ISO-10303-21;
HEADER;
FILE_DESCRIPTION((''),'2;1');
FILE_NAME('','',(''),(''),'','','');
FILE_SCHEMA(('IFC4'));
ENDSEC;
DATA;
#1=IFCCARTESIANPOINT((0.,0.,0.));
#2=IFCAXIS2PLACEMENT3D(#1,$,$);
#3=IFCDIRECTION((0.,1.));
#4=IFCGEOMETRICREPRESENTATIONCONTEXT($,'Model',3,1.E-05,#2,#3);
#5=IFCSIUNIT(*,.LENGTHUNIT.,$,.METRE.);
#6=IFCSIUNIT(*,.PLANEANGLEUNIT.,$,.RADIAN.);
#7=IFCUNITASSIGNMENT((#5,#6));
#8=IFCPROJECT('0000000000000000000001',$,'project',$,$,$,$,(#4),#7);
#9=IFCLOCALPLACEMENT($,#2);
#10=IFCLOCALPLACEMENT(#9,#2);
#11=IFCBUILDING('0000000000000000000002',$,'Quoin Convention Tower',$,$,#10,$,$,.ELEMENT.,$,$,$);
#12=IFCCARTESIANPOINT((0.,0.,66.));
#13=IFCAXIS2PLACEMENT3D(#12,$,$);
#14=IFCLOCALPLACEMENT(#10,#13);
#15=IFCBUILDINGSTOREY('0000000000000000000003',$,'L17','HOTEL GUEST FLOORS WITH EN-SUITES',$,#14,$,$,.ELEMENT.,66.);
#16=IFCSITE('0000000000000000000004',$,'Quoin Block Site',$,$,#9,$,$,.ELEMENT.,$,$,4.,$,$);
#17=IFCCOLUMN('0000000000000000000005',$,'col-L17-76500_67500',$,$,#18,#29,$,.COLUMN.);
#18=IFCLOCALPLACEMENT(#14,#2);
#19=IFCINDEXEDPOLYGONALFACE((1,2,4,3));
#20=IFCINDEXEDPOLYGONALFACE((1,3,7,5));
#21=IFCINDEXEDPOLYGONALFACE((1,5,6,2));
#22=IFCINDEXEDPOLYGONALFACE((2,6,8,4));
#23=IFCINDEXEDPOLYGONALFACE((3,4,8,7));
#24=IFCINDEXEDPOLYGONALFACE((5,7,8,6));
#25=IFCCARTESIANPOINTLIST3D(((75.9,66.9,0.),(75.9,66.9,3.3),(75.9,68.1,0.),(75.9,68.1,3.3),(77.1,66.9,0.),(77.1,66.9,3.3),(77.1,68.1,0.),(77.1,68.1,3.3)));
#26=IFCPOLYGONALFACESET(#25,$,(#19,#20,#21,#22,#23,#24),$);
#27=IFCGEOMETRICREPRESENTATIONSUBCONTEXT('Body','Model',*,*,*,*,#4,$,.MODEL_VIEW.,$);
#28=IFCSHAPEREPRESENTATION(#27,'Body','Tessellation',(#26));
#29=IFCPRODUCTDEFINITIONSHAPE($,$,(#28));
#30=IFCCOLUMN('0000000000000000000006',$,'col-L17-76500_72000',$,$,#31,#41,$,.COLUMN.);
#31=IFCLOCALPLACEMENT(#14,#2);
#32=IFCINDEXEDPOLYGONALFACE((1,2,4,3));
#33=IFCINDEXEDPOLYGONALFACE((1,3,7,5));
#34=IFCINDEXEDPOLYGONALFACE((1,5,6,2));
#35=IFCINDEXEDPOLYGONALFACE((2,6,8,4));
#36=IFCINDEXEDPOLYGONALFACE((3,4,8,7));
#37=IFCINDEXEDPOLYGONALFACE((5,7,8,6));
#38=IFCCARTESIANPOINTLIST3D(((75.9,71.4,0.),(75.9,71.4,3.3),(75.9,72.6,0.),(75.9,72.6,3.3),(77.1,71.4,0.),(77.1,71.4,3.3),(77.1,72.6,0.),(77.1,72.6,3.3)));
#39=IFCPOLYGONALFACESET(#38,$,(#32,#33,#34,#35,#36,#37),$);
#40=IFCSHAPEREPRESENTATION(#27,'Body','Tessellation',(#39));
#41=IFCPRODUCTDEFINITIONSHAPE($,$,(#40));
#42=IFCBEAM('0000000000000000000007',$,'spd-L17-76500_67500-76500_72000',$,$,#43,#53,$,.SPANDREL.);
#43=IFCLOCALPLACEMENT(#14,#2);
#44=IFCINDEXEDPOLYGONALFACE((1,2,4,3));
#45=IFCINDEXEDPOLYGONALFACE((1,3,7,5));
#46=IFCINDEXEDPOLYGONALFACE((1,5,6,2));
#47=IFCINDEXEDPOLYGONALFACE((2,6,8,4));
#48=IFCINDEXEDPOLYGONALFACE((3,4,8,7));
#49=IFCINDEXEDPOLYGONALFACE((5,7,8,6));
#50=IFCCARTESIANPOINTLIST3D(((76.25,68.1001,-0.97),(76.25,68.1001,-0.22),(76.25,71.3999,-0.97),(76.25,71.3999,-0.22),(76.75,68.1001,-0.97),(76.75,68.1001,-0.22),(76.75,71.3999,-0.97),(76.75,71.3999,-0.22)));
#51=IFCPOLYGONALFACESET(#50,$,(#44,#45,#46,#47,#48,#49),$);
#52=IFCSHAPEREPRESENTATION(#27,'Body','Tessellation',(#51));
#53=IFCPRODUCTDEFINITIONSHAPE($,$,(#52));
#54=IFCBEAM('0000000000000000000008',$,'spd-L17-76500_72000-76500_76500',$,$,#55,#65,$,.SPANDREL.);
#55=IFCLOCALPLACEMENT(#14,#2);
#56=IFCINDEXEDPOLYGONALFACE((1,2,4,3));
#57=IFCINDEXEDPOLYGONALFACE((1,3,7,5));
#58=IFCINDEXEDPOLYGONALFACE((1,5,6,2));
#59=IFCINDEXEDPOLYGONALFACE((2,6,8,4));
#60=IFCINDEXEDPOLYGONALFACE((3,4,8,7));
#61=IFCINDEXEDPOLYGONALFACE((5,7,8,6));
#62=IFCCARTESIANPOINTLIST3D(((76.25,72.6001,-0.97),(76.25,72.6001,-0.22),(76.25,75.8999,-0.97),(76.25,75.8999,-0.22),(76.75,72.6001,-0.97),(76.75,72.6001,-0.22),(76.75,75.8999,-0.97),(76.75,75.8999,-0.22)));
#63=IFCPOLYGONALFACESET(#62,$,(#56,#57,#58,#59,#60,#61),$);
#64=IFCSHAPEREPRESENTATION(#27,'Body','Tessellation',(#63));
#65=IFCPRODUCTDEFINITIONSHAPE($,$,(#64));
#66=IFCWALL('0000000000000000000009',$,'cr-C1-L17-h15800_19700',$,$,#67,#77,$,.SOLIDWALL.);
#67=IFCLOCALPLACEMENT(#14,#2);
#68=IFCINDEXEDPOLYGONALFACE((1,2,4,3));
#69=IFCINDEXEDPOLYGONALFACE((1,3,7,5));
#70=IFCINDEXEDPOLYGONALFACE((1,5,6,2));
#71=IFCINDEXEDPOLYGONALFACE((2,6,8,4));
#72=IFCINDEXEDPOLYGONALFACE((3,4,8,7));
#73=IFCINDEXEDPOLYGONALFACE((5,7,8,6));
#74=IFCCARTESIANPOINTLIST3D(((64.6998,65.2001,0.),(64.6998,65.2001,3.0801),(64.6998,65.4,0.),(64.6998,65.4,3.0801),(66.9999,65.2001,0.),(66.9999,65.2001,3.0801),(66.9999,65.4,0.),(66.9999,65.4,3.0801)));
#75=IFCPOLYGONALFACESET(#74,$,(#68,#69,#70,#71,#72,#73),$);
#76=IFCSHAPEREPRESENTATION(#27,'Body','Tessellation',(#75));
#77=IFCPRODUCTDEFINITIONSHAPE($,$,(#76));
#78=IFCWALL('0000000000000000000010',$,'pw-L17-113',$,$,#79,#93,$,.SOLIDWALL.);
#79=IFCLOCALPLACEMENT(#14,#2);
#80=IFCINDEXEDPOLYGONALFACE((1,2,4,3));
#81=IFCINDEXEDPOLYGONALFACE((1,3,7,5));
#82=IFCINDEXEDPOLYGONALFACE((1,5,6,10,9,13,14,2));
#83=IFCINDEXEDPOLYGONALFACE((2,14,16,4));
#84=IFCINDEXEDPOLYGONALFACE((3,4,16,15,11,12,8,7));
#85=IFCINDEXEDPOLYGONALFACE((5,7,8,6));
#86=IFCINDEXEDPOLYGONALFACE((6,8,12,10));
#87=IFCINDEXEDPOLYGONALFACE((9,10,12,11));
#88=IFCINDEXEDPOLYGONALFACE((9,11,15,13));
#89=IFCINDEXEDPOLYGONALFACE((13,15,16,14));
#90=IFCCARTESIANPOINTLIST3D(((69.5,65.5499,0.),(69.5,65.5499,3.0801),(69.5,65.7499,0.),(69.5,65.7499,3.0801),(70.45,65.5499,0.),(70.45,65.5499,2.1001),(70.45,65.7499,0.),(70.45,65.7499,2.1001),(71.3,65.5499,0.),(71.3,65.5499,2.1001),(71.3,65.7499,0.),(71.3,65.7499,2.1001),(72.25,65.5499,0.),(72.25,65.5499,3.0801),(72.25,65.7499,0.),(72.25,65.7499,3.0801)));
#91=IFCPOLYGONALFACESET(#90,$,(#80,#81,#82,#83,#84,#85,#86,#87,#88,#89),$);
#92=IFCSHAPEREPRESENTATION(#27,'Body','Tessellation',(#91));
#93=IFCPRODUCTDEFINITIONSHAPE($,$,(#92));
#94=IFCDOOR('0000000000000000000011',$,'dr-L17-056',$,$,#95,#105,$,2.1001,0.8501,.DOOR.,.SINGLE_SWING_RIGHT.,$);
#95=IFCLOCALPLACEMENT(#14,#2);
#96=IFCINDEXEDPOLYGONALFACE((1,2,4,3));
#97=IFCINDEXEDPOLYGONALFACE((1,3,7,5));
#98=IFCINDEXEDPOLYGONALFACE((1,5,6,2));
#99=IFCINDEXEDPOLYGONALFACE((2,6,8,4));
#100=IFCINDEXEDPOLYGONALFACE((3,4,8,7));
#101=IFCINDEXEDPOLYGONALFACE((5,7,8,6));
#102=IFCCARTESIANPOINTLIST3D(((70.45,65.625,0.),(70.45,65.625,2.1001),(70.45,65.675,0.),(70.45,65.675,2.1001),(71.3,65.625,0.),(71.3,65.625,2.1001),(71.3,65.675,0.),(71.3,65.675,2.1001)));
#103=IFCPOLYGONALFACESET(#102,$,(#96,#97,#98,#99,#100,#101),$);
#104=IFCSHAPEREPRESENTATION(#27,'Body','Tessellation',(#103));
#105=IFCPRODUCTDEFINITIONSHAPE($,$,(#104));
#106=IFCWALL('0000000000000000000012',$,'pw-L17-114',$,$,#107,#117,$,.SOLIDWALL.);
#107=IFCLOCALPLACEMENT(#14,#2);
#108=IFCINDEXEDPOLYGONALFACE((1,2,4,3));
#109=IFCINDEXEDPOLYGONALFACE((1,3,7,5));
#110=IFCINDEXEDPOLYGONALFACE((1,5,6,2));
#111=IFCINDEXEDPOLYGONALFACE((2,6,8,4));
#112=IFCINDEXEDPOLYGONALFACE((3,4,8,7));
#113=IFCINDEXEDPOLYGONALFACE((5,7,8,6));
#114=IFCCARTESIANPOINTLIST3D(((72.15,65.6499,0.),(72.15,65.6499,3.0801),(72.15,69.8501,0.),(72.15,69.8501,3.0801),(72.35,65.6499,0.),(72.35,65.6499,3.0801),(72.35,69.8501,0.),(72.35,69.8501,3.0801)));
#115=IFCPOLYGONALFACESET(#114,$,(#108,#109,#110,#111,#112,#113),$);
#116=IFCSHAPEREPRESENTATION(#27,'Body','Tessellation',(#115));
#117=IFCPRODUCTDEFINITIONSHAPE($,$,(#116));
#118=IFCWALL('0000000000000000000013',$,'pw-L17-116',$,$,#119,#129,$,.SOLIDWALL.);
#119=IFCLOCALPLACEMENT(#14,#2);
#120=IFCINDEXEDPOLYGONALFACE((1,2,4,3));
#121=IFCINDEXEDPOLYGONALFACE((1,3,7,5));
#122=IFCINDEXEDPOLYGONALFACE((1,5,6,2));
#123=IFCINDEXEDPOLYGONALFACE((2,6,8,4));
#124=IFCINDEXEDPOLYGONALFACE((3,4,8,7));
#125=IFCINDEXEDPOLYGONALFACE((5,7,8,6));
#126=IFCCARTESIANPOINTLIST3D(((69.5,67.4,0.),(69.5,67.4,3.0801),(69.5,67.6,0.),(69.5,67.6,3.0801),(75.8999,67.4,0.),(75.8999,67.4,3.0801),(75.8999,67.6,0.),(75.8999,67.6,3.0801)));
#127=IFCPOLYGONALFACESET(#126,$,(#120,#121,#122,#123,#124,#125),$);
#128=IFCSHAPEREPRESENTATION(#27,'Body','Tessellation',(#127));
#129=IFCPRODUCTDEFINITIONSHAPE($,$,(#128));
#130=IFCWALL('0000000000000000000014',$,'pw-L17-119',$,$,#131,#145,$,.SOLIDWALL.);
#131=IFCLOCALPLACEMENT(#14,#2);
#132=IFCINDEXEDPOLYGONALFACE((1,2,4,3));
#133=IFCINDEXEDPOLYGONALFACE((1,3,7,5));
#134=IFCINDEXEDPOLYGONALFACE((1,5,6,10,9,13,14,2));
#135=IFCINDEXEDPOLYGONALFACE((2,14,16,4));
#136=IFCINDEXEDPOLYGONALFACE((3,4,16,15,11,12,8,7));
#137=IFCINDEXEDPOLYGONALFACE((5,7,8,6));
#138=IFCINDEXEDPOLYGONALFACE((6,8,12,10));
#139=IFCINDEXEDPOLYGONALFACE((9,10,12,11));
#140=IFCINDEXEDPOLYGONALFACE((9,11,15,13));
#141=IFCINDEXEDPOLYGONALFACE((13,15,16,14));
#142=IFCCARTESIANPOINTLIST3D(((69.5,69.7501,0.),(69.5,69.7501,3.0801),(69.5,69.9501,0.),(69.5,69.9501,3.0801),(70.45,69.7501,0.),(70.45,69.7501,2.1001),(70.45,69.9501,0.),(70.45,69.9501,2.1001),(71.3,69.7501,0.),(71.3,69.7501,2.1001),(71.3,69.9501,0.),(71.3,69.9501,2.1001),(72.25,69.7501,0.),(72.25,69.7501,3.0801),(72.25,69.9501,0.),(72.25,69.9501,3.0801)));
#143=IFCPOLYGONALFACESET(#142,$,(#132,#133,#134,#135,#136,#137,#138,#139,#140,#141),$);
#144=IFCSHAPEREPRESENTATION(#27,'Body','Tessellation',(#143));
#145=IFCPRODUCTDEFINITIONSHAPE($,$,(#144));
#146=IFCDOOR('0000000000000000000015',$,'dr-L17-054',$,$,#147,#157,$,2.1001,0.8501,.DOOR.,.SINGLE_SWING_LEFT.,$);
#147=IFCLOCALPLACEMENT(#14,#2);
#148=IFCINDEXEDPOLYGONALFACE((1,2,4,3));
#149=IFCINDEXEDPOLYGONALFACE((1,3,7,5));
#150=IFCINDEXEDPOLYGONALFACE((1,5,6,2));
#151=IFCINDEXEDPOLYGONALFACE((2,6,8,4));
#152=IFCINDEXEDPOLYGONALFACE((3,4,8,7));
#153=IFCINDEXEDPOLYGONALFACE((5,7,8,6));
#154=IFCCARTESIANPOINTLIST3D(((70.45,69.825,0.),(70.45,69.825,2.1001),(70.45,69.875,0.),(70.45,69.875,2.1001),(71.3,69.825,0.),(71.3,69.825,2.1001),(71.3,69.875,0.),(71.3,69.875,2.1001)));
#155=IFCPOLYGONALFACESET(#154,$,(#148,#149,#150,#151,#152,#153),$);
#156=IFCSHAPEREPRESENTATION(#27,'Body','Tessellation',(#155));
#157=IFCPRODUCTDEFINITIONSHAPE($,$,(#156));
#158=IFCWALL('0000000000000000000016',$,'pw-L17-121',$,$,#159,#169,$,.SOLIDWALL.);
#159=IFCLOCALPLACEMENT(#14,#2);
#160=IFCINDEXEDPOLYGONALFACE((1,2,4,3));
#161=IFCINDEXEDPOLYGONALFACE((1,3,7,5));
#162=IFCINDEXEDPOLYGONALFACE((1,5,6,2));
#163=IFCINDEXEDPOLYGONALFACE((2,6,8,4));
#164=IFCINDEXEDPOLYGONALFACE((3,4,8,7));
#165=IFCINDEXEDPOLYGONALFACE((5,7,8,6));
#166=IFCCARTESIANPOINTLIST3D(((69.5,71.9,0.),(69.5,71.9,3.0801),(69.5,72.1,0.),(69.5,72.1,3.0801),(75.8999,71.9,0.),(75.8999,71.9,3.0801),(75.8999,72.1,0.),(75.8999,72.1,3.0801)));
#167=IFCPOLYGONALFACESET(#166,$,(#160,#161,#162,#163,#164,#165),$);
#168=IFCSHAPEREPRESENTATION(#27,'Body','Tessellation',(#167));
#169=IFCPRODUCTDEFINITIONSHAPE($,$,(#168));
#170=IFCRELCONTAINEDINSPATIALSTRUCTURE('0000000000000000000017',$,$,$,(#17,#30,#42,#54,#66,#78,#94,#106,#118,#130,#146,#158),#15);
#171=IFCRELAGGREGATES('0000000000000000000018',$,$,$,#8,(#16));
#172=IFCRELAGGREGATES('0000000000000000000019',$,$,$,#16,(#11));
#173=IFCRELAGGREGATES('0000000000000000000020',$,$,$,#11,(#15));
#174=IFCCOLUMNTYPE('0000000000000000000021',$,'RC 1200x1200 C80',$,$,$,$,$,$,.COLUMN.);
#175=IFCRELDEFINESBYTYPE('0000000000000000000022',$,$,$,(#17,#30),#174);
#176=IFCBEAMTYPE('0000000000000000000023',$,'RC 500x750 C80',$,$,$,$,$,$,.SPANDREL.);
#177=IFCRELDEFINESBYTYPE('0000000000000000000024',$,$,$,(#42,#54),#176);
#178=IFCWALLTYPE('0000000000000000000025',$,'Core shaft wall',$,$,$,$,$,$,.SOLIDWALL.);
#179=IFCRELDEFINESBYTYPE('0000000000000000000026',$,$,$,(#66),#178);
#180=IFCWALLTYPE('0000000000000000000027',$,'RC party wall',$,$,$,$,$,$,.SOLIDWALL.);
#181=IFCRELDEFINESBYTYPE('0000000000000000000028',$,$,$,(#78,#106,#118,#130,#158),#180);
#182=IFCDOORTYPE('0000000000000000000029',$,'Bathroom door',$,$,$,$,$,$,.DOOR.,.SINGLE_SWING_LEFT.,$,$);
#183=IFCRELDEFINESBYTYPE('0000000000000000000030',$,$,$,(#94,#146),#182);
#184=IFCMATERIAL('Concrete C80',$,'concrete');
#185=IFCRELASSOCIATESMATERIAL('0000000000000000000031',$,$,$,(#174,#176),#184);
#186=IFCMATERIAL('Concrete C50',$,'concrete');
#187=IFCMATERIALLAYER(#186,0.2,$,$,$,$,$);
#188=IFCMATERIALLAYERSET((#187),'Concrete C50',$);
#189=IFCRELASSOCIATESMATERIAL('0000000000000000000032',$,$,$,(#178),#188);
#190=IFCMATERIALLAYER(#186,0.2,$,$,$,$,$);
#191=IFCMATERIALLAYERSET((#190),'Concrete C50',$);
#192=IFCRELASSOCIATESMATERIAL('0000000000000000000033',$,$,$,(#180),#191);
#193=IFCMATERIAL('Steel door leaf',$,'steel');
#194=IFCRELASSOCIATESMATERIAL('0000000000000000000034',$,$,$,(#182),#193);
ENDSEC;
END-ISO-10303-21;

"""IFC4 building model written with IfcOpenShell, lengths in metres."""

from ifc_helpers import new_model, si_unit, direction, frame, frame_2d, origin, origin_2d, place, context, subcontext, project, spatial, rectangle, extrude, material, layer, layer_set, material_profile, profile_set, type_object, element, fill, save


model = new_model("IFC4")

# Units and contexts
model_context = context("Model", 3, precision=1e-05, world=origin(), true_north=direction((0.0, 1.0)))
body_context = subcontext(model_context, "Body", "Model", "MODEL_VIEW")
ifc_project = project(units=[si_unit("LENGTHUNIT", "METRE"), si_unit("PLANEANGLEUNIT", "RADIAN")], contexts=[model_context])

# Site, building, storey
site_placement = place(None, origin())
site = spatial("IfcSite", under=ifc_project, at=site_placement, Name="Quoin Block Site", CompositionType="ELEMENT", RefElevation=4.0)
building_placement = place(site_placement, origin())
building = spatial("IfcBuilding", under=site, at=building_placement, Name="Quoin Convention Tower", CompositionType="ELEMENT")
storey_placement = place(building_placement, frame((0.0, 0.0, 66.0)))
storey = spatial("IfcBuildingStorey", under=building, at=storey_placement, Name="L17", Description="HOTEL GUEST FLOORS WITH EN-SUITES", CompositionType="ELEMENT", Elevation=66.0)

# Columns
ifc_material_1 = material(Name="Concrete C80", Category="concrete")
ifc_material_profile_1 = material_profile(ifc_material_1, rectangle(XDim=1.2, YDim=1.2, at=origin_2d()), Name="RC 1200x1200")
ifc_profile_set_1 = profile_set([ifc_material_profile_1], Name="Concrete C80")
column_type = type_object("IfcColumnType", Name="RC 1200x1200 C80", PredefinedType="COLUMN", material=ifc_profile_set_1)
for number, where, z_axis, x_axis, name in (
    (1, (76.5, 67.5, 0.0), (0.0, 0.0, 1.0), (1.0, 0.0, 0.0), "col-L17-76500_67500"),
    (2, (76.5, 72.0, 0.0), (0.0, 0.0, 1.0), (1.0, 0.0, 0.0), "col-L17-76500_72000"),
):
    element("IfcColumn", number, at=place(storey_placement, frame(where, z_axis=z_axis, x_axis=x_axis)), inside=storey, type_object=column_type, Name=name, PredefinedType="COLUMN", context=body_context, shape_type="SweptSolid", body=[
        extrude(rectangle(XDim=1.2, YDim=1.2, at=origin_2d()), origin(), (0.0, 0.0, 1.0), 3.3),
    ])

# Beams
ifc_material_profile_2 = material_profile(ifc_material_1, rectangle(XDim=0.5, YDim=0.75, at=origin_2d()), Name="RC 500x750")
ifc_profile_set_2 = profile_set([ifc_material_profile_2], Name="Concrete C80")
beam_type = type_object("IfcBeamType", Name="RC 500x750 C80", PredefinedType="SPANDREL", material=ifc_profile_set_2)
for number, where, z_axis, x_axis, name in (
    (3, (76.5, 68.1001, -0.595), (0.0, 1.0, 0.0), (-1.0, 0.0, 0.0), "spd-L17-76500_67500-76500_72000"),
    (4, (76.5, 72.6001, -0.595), (0.0, 1.0, 0.0), (-1.0, 0.0, 0.0), "spd-L17-76500_72000-76500_76500"),
):
    element("IfcBeam", number, at=place(storey_placement, frame(where, z_axis=z_axis, x_axis=x_axis)), inside=storey, type_object=beam_type, Name=name, PredefinedType="SPANDREL", context=body_context, shape_type="SweptSolid", body=[
        extrude(rectangle(XDim=0.5, YDim=0.75, at=origin_2d()), origin(), (0.0, 0.0, 1.0), 3.2998),
    ])

# Wall
ifc_material_2 = material(Name="Concrete C50", Category="concrete")
ifc_layer_1 = layer(ifc_material_2, 0.2)
ifc_layer_set_1 = layer_set([ifc_layer_1], Name="Concrete C50")
wall_type_1 = type_object("IfcWallType", Name="Core shaft wall", PredefinedType="SOLIDWALL", material=ifc_layer_set_1)
wall_1_placement = place(storey_placement, frame((64.7, 65.3, 0.0), z_axis=(0.0, 0.0, 1.0), x_axis=(1.0, 0.0, 0.0)))
element("IfcWall", 5, at=wall_1_placement, inside=storey, type_object=wall_type_1, Name="cr-C1-L17-h15800_19700", PredefinedType="SOLIDWALL", context=body_context, shape_type="SweptSolid", body=[
    extrude(rectangle(XDim=2.3, YDim=0.2, at=frame_2d((1.1499, 0.0))), origin(), (0.0, 0.0, 1.0), 3.0801),
])

# Wall, opening, door
ifc_layer_2 = layer(ifc_material_2, 0.2)
ifc_layer_set_2 = layer_set([ifc_layer_2], Name="Concrete C50")
wall_type_2 = type_object("IfcWallType", Name="RC party wall", PredefinedType="SOLIDWALL", material=ifc_layer_set_2)
wall_2_placement = place(storey_placement, frame((69.5, 65.6499, 0.0), z_axis=(0.0, 0.0, 1.0), x_axis=(1.0, 0.0, 0.0)))
wall_2 = element("IfcWall", 6, at=wall_2_placement, inside=storey, type_object=wall_type_2, Name="pw-L17-113", PredefinedType="SOLIDWALL", context=body_context, shape_type="SweptSolid", body=[
    extrude(rectangle(XDim=2.75, YDim=0.2, at=frame_2d((1.375, 0.0))), origin(), (0.0, 0.0, 1.0), 3.0801),
])
opening_1_placement = place(wall_2_placement, frame((0.95, 0.0, 0.0)))
opening_1 = element("IfcOpeningElement", 7, at=opening_1_placement, cuts=wall_2, PredefinedType="OPENING", context=body_context, shape_type="SweptSolid", body=[
    extrude(rectangle(XDim=0.8501, YDim=2.1001, at=frame_2d((0.425, 1.05))), frame((0.0, 0.1099, 0.0), z_axis=(0.0, -1.0, 0.0), x_axis=(1.0, 0.0, 0.0)), (0.0, 0.0, 1.0), 0.22),
])
ifc_material_3 = material(Name="Steel door leaf", Category="steel")
door_type = type_object("IfcDoorType", Name="Bathroom door", OperationType="SINGLE_SWING_LEFT", PredefinedType="DOOR", material=ifc_material_3)
door_1_placement = place(opening_1_placement, frame((0.8501, 0.0, 0.0), z_axis=(0.0, 0.0, 1.0), x_axis=(-1.0, 0.0, 0.0)))
door_1 = element("IfcDoor", 8, at=door_1_placement, inside=storey, type_object=door_type, Name="dr-L17-056", OperationType="SINGLE_SWING_RIGHT", OverallHeight=2.1001, OverallWidth=0.8501, PredefinedType="DOOR", context=body_context, shape_type="SweptSolid", body=[
    extrude(rectangle(XDim=0.8501, YDim=2.1001, at=frame_2d((0.425, 1.05))), frame((0.0, 0.0249, 0.0), z_axis=(0.0, -1.0, 0.0), x_axis=(1.0, 0.0, 0.0)), (0.0, 0.0, 1.0), 0.05),
])
fill(opening_1, door_1)

# Walls
wall_3_placement = place(storey_placement, frame((72.25, 65.6499, 0.0), z_axis=(0.0, 0.0, 1.0), x_axis=(0.0, 1.0, 0.0)))
element("IfcWall", 9, at=wall_3_placement, inside=storey, type_object=wall_type_2, Name="pw-L17-114", PredefinedType="SOLIDWALL", context=body_context, shape_type="SweptSolid", body=[
    extrude(rectangle(XDim=4.2002, YDim=0.2, at=frame_2d((2.1001, 0.0))), origin(), (0.0, 0.0, 1.0), 3.0801),
])
wall_4_placement = place(storey_placement, frame((69.5, 67.5, 0.0), z_axis=(0.0, 0.0, 1.0), x_axis=(1.0, 0.0, 0.0)))
element("IfcWall", 10, at=wall_4_placement, inside=storey, type_object=wall_type_2, Name="pw-L17-116", PredefinedType="SOLIDWALL", context=body_context, shape_type="SweptSolid", body=[
    extrude(rectangle(XDim=6.3999, YDim=0.2, at=frame_2d((3.2, 0.0))), origin(), (0.0, 0.0, 1.0), 3.0801),
])

# Wall, opening, door
wall_5_placement = place(storey_placement, frame((69.5, 69.8501, 0.0), z_axis=(0.0, 0.0, 1.0), x_axis=(1.0, 0.0, 0.0)))
wall_5 = element("IfcWall", 11, at=wall_5_placement, inside=storey, type_object=wall_type_2, Name="pw-L17-119", PredefinedType="SOLIDWALL", context=body_context, shape_type="SweptSolid", body=[
    extrude(rectangle(XDim=2.75, YDim=0.2, at=frame_2d((1.375, 0.0))), origin(), (0.0, 0.0, 1.0), 3.0801),
])
opening_2_placement = place(wall_5_placement, frame((0.95, 0.0, 0.0)))
opening_2 = element("IfcOpeningElement", 12, at=opening_2_placement, cuts=wall_5, PredefinedType="OPENING", context=body_context, shape_type="SweptSolid", body=[
    extrude(rectangle(XDim=0.8501, YDim=2.1001, at=frame_2d((0.425, 1.05))), frame((0.0, 0.1099, 0.0), z_axis=(0.0, -1.0, 0.0), x_axis=(1.0, 0.0, 0.0)), (0.0, 0.0, 1.0), 0.22),
])
door_2_placement = place(opening_2_placement, origin())
door_2 = element("IfcDoor", 13, at=door_2_placement, inside=storey, type_object=door_type, Name="dr-L17-054", OperationType="SINGLE_SWING_LEFT", OverallHeight=2.1001, OverallWidth=0.8501, PredefinedType="DOOR", context=body_context, shape_type="SweptSolid", body=[
    extrude(rectangle(XDim=0.8501, YDim=2.1001, at=frame_2d((0.425, 1.05))), frame((0.0, 0.0249, 0.0), z_axis=(0.0, -1.0, 0.0), x_axis=(1.0, 0.0, 0.0)), (0.0, 0.0, 1.0), 0.05),
])
fill(opening_2, door_2)

# Wall
wall_6_placement = place(storey_placement, frame((69.5, 72.0, 0.0), z_axis=(0.0, 0.0, 1.0), x_axis=(1.0, 0.0, 0.0)))
element("IfcWall", 14, at=wall_6_placement, inside=storey, type_object=wall_type_2, Name="pw-L17-121", PredefinedType="SOLIDWALL", context=body_context, shape_type="SweptSolid", body=[
    extrude(rectangle(XDim=6.3999, YDim=0.2, at=frame_2d((3.2, 0.0))), origin(), (0.0, 0.0, 1.0), 3.0801),
])

save(model, "model.ifc")
